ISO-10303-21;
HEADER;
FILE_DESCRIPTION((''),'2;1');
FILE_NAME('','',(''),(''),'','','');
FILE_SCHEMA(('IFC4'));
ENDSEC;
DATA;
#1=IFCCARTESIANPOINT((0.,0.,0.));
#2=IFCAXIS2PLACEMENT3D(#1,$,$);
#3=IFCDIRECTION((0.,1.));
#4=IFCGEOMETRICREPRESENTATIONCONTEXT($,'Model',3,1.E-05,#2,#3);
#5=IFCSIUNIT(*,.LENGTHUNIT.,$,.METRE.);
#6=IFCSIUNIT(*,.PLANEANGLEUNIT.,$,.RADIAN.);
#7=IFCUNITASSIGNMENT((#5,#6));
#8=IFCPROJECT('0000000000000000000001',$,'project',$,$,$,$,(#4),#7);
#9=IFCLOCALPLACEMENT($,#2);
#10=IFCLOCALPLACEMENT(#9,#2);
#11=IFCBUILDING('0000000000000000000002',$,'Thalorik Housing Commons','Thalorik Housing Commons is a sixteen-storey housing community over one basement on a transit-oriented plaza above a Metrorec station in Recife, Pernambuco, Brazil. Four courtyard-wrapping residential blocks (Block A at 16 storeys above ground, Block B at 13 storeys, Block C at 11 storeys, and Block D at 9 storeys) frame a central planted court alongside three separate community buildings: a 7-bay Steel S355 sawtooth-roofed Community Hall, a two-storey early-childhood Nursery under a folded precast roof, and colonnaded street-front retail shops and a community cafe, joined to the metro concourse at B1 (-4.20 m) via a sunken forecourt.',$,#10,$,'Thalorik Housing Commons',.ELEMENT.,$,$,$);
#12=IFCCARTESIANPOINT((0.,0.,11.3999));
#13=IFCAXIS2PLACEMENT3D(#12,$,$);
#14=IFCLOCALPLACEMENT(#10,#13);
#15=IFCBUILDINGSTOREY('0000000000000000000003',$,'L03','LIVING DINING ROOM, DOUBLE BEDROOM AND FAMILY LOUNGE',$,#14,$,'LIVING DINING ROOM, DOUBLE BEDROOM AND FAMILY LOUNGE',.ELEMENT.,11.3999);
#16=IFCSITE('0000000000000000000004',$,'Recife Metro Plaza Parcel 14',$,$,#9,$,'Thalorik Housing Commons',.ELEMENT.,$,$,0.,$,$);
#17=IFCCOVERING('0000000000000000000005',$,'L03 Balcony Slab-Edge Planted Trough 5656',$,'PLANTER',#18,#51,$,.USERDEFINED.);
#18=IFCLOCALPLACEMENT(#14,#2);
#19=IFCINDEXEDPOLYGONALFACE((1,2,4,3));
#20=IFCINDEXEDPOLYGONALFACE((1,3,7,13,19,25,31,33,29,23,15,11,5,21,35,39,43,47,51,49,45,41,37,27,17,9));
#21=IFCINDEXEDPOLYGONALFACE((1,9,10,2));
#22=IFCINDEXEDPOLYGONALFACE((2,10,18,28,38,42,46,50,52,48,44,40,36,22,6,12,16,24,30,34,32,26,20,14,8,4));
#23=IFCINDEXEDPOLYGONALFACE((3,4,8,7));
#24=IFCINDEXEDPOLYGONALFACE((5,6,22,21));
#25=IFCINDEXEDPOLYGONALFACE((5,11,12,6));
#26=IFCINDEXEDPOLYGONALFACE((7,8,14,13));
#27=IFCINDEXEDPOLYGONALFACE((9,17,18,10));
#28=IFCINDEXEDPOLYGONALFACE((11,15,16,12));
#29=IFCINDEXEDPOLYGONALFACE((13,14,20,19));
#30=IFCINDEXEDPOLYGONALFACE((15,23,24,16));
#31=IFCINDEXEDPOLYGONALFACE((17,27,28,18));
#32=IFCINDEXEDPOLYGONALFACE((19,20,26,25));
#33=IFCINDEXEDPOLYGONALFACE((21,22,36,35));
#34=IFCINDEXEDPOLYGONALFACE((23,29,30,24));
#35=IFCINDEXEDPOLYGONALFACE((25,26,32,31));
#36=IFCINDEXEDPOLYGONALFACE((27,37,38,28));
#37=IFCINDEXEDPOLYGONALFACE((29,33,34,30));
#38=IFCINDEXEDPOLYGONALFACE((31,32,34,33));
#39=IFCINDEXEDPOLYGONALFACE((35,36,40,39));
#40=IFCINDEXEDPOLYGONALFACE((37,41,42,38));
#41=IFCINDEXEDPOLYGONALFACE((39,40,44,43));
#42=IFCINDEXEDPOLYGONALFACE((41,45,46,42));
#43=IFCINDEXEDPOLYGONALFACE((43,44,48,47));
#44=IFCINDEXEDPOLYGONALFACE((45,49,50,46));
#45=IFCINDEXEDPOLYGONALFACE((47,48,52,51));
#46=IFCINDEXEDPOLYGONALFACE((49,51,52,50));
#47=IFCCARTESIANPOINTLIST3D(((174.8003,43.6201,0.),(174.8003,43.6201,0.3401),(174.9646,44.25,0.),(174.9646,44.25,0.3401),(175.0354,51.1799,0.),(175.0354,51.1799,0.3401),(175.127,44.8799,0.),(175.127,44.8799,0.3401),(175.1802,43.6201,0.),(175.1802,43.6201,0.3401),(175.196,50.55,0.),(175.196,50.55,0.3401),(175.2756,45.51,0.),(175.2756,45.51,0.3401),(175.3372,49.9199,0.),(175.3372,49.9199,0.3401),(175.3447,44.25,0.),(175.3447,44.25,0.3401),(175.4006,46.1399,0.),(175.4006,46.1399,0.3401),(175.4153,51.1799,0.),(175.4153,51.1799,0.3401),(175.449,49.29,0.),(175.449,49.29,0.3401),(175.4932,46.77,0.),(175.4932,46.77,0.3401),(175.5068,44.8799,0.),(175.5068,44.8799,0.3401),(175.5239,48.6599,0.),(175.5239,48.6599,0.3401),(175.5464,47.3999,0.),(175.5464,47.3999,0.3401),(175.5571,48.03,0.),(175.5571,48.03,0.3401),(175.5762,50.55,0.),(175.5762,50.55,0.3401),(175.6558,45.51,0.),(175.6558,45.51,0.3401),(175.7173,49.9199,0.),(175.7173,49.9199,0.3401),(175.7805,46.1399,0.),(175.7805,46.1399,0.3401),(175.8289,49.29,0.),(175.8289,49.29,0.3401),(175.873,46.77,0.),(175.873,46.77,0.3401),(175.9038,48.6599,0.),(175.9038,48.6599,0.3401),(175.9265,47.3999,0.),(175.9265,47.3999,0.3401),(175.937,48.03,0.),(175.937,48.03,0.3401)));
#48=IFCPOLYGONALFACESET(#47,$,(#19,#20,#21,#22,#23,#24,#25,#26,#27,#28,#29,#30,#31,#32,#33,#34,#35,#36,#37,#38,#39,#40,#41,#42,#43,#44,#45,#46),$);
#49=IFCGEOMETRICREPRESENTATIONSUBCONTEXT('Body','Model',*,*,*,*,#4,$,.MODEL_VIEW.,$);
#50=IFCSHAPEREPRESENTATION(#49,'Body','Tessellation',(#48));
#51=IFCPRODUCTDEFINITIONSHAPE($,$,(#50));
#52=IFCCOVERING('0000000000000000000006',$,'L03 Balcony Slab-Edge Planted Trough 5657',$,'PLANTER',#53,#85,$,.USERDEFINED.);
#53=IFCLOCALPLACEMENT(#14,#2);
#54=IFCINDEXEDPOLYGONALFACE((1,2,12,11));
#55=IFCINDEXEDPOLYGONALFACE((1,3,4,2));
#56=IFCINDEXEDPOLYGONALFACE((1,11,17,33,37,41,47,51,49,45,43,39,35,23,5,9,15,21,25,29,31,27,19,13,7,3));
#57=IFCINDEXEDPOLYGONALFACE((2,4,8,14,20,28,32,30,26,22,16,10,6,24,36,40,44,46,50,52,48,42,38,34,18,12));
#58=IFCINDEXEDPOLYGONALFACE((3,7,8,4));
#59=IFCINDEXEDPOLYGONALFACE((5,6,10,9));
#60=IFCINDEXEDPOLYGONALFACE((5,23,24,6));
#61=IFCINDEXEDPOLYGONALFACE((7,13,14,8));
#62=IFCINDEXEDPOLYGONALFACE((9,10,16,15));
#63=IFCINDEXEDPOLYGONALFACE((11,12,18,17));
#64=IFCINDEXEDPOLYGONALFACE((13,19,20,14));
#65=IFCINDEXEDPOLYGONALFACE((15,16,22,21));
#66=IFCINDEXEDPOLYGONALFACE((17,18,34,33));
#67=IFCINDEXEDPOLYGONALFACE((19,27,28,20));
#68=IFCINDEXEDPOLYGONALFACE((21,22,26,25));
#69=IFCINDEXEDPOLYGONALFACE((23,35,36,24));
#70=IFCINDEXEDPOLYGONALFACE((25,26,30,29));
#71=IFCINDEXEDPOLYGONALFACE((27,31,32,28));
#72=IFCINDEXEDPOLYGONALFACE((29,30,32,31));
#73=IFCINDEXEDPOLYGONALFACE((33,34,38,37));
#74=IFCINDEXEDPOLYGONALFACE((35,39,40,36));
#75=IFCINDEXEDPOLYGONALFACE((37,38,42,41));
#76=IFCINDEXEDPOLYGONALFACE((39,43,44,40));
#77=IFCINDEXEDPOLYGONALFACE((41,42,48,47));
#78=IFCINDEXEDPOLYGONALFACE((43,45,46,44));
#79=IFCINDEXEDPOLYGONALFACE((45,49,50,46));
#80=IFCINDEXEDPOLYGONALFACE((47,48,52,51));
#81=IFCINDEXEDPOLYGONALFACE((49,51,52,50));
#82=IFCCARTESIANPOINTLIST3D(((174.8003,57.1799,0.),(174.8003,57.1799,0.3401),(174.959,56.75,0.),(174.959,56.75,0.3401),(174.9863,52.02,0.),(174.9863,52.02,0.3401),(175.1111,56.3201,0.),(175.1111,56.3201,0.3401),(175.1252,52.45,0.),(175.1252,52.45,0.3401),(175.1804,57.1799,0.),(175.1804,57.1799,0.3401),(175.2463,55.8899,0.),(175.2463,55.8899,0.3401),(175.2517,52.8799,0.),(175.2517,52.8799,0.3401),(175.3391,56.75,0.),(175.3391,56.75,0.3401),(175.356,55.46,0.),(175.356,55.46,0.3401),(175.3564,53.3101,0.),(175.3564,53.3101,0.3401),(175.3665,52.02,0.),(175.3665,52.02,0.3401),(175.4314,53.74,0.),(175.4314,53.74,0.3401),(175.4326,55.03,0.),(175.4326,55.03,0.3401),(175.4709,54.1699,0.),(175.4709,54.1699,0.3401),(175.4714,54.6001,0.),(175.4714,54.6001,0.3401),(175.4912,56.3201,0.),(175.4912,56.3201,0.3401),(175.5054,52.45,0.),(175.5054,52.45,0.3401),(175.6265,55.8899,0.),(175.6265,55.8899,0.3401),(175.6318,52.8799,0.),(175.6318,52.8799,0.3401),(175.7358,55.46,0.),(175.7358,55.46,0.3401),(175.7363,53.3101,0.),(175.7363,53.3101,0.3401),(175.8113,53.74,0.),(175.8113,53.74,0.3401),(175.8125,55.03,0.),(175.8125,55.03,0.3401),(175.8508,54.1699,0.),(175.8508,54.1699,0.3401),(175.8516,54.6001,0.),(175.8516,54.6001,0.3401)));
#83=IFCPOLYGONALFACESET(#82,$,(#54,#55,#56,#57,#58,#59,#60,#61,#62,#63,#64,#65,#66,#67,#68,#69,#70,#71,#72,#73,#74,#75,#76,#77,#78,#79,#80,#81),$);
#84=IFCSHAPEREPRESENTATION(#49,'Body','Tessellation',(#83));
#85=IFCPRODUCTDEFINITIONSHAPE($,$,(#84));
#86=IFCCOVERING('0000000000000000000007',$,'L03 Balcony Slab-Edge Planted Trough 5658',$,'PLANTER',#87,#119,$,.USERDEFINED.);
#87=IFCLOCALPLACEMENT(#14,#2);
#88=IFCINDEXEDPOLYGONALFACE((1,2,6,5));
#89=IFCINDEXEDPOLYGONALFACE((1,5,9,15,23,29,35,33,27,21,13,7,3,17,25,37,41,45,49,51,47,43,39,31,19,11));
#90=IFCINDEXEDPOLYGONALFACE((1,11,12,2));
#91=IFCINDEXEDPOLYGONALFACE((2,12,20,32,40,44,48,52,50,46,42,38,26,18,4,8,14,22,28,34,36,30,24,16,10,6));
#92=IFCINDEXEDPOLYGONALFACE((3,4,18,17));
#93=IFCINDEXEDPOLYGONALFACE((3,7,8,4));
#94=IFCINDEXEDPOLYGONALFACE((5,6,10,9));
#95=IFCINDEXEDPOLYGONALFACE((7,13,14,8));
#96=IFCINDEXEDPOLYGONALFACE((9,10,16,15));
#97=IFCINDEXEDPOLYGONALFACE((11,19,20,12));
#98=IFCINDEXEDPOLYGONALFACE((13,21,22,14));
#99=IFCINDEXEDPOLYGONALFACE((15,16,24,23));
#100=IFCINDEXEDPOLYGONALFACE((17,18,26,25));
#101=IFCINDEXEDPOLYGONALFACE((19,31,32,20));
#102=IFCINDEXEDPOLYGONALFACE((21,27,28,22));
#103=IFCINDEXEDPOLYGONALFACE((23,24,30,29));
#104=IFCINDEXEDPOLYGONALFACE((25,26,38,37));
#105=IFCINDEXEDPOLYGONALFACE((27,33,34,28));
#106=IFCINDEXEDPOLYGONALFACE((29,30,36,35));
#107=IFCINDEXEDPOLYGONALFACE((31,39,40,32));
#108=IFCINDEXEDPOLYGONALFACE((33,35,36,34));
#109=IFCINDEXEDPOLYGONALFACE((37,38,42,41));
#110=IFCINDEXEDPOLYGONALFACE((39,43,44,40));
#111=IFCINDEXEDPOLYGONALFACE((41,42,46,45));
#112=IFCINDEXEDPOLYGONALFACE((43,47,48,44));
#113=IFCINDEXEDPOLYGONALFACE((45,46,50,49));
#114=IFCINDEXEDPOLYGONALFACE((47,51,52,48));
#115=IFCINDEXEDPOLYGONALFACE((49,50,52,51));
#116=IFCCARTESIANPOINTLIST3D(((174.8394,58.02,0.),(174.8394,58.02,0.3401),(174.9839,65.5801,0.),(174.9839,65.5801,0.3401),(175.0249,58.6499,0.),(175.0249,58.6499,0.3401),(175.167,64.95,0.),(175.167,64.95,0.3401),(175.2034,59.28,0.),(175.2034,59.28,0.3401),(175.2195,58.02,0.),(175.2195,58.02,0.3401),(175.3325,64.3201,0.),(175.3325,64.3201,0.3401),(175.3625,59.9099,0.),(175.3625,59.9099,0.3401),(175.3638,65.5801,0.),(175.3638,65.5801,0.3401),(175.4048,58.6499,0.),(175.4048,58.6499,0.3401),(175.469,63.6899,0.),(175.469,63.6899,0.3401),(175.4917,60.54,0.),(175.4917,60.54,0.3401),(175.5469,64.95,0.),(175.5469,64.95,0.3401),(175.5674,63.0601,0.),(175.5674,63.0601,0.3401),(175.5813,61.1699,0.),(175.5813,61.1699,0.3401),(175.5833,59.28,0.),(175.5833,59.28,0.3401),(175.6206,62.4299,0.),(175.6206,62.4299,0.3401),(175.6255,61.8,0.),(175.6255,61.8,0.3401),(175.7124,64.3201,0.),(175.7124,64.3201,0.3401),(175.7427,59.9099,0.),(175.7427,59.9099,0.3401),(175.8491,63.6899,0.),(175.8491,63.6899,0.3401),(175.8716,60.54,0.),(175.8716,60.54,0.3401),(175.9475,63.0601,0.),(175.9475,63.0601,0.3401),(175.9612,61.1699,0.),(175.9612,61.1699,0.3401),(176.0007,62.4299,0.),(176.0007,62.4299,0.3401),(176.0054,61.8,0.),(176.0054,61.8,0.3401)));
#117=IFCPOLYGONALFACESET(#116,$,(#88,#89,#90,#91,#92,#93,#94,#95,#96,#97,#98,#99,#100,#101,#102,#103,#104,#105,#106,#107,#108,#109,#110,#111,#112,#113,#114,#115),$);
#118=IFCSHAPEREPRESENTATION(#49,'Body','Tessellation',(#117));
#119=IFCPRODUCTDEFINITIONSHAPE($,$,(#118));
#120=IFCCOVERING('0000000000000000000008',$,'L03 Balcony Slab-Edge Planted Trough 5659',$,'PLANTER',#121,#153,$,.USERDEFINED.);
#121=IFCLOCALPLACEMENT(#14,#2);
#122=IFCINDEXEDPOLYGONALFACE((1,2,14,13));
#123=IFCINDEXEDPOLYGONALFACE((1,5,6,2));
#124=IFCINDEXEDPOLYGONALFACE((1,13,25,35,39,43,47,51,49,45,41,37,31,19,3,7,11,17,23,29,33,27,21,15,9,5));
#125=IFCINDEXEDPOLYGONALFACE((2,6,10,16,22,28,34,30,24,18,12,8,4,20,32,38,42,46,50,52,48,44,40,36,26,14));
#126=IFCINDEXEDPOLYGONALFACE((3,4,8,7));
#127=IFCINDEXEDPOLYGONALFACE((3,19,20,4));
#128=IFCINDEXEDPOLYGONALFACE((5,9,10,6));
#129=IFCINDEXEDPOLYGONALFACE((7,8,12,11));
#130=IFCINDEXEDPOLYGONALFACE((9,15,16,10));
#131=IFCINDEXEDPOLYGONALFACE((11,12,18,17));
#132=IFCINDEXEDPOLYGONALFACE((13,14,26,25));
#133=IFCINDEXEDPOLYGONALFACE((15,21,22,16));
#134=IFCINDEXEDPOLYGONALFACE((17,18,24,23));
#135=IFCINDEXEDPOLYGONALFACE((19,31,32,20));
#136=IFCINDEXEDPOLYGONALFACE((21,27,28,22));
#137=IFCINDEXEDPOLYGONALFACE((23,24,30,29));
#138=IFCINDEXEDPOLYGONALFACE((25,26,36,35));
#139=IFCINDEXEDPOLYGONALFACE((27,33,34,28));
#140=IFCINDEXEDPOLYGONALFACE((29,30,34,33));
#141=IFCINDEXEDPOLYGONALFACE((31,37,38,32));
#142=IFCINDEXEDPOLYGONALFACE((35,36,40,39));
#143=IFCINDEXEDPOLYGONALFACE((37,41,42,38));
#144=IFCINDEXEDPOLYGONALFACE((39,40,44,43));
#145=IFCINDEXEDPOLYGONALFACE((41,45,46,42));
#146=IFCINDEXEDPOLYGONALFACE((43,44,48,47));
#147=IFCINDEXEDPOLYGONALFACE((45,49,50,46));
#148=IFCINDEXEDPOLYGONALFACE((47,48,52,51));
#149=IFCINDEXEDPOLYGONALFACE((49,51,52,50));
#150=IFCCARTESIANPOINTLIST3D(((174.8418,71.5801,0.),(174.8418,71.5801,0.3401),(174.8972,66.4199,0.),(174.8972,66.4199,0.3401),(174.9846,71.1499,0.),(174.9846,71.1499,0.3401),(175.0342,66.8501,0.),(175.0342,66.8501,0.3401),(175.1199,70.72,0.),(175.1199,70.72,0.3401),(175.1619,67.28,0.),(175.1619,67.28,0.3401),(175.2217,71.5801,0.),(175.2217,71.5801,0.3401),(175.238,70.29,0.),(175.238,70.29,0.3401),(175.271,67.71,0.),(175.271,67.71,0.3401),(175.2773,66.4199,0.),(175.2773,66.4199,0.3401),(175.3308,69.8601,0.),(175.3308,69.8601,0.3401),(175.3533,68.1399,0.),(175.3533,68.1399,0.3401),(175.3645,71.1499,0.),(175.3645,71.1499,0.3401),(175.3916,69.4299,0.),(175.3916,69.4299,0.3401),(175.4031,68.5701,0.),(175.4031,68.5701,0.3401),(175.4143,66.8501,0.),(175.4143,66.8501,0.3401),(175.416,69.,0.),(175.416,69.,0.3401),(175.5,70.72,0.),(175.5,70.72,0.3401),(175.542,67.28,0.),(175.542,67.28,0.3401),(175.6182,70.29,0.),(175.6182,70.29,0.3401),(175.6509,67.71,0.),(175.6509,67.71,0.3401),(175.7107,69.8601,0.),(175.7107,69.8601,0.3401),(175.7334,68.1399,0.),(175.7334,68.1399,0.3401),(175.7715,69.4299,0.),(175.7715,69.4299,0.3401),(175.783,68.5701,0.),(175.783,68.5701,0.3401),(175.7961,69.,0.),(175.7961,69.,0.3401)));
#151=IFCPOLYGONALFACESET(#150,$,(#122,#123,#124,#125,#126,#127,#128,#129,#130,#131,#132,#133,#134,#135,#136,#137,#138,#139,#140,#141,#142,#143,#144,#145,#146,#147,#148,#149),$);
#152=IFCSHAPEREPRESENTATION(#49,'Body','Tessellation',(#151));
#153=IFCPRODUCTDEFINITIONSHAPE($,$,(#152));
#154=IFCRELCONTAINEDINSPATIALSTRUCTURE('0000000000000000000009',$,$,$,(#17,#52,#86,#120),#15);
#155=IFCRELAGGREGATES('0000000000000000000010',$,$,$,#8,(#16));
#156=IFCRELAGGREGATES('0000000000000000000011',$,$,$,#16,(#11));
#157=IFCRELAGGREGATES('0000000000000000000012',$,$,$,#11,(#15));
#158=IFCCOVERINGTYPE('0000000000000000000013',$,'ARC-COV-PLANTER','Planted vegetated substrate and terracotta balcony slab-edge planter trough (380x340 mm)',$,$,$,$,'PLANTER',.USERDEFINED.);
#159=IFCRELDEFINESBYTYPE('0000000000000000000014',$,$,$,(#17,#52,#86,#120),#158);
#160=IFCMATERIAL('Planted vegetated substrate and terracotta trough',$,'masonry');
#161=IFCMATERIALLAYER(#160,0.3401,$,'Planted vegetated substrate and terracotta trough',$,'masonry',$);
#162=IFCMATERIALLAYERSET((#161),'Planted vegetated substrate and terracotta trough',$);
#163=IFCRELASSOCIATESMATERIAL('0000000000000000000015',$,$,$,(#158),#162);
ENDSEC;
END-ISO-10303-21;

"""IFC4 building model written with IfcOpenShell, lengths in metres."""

from ifc_helpers import new_model, si_unit, direction, frame, origin, place, context, subcontext, project, spatial, polyline, outline, extrude, material, layer, layer_set, type_object, element, save


model = new_model("IFC4")

# Units and contexts
model_context = context("Model", 3, precision=1e-05, world=origin(), true_north=direction((0.0, 1.0)))
body_context = subcontext(model_context, "Body", "Model", "MODEL_VIEW")
ifc_project = project(units=[si_unit("LENGTHUNIT", "METRE"), si_unit("PLANEANGLEUNIT", "RADIAN")], contexts=[model_context])

# Site, building, storey
site_placement = place(None, origin())
site = spatial("IfcSite", under=ifc_project, at=site_placement, Name="Recife Metro Plaza Parcel 14", LongName="Thalorik Housing Commons", CompositionType="ELEMENT", RefElevation=0.0)
building_placement = place(site_placement, origin())
building = spatial("IfcBuilding", under=site, at=building_placement, Name="Thalorik Housing Commons", Description="Thalorik Housing Commons is a sixteen-storey housing community over one basement on a transit-oriented plaza above a Metrorec station in Recife, Pernambuco, Brazil. Four courtyard-wrapping residential blocks (Block A at 16 storeys above ground, Block B at 13 storeys, Block C at 11 storeys, and Block D at 9 storeys) frame a central planted court alongside three separate community buildings: a 7-bay Steel S355 sawtooth-roofed Community Hall, a two-storey early-childhood Nursery under a folded precast roof, and colonnaded street-front retail shops and a community cafe, joined to the metro concourse at B1 (-4.20 m) via a sunken forecourt.", LongName="Thalorik Housing Commons", CompositionType="ELEMENT")
storey_placement = place(building_placement, frame((0.0, 0.0, 11.3999)))
storey = spatial("IfcBuildingStorey", under=building, at=storey_placement, Name="L03", Description="LIVING DINING ROOM, DOUBLE BEDROOM AND FAMILY LOUNGE", LongName="LIVING DINING ROOM, DOUBLE BEDROOM AND FAMILY LOUNGE", CompositionType="ELEMENT", Elevation=11.3999)

# Coverings
ifc_material_1 = material(Name="Planted vegetated substrate and terracotta trough", Category="masonry")
ifc_layer_1 = layer(ifc_material_1, 0.3401, Name="Planted vegetated substrate and terracotta trough", Category="masonry")
ifc_layer_set_1 = layer_set([ifc_layer_1], Name="Planted vegetated substrate and terracotta trough")
covering_type = type_object("IfcCoveringType", Name="ARC-COV-PLANTER", Description="Planted vegetated substrate and terracotta balcony slab-edge planter trough (380x340 mm)", ElementType="PLANTER", PredefinedType="USERDEFINED", material=ifc_layer_set_1)
covering_1_placement = place(storey_placement, origin())
element("IfcCovering", 1, at=covering_1_placement, inside=storey, type_object=covering_type, Name="L03 Balcony Slab-Edge Planted Trough 5656", ObjectType="PLANTER", PredefinedType="USERDEFINED", context=body_context, shape_type="SweptSolid", body=[
    extrude(outline(polyline([(175.1802, 43.6201), (175.3447, 44.25), (175.5068, 44.8799), (175.6558, 45.51), (175.7805, 46.1399), (175.873, 46.77), (175.9265, 47.3999), (175.937, 48.03), (175.9038, 48.6599), (175.8289, 49.29), (175.7173, 49.9199), (175.5762, 50.55), (175.4153, 51.1799), (175.0354, 51.1799), (175.196, 50.55), (175.3372, 49.9199), (175.449, 49.29), (175.5239, 48.6599), (175.5571, 48.03), (175.5464, 47.3999), (175.4932, 46.77), (175.4006, 46.1399), (175.2756, 45.51), (175.127, 44.8799), (174.9646, 44.25), (174.8003, 43.6201), (175.1802, 43.6201)])), origin(), (0.0, 0.0, 1.0), 0.3401),
])
covering_2_placement = place(storey_placement, origin())
element("IfcCovering", 2, at=covering_2_placement, inside=storey, type_object=covering_type, Name="L03 Balcony Slab-Edge Planted Trough 5657", ObjectType="PLANTER", PredefinedType="USERDEFINED", context=body_context, shape_type="SweptSolid", body=[
    extrude(outline(polyline([(175.3665, 52.02), (175.5054, 52.45), (175.6318, 52.8799), (175.7363, 53.3101), (175.8113, 53.74), (175.8508, 54.1699), (175.8516, 54.6001), (175.8125, 55.03), (175.7358, 55.46), (175.6265, 55.8899), (175.4912, 56.3201), (175.3391, 56.75), (175.1804, 57.1799), (174.8003, 57.1799), (174.959, 56.75), (175.1111, 56.3201), (175.2463, 55.8899), (175.356, 55.46), (175.4326, 55.03), (175.4714, 54.6001), (175.4709, 54.1699), (175.4314, 53.74), (175.3564, 53.3101), (175.2517, 52.8799), (175.1252, 52.45), (174.9863, 52.02), (175.3665, 52.02)])), origin(), (0.0, 0.0, 1.0), 0.3401),
])
covering_3_placement = place(storey_placement, origin())
element("IfcCovering", 3, at=covering_3_placement, inside=storey, type_object=covering_type, Name="L03 Balcony Slab-Edge Planted Trough 5658", ObjectType="PLANTER", PredefinedType="USERDEFINED", context=body_context, shape_type="SweptSolid", body=[
    extrude(outline(polyline([(175.2195, 58.02), (175.4048, 58.6499), (175.5833, 59.28), (175.7427, 59.9099), (175.8716, 60.54), (175.9612, 61.1699), (176.0054, 61.8), (176.0007, 62.4299), (175.9475, 63.0601), (175.8491, 63.6899), (175.7124, 64.3201), (175.5469, 64.95), (175.3638, 65.5801), (174.9839, 65.5801), (175.167, 64.95), (175.3325, 64.3201), (175.469, 63.6899), (175.5674, 63.0601), (175.6206, 62.4299), (175.6255, 61.8), (175.5813, 61.1699), (175.4917, 60.54), (175.3625, 59.9099), (175.2034, 59.28), (175.0249, 58.6499), (174.8394, 58.02), (175.2195, 58.02)])), origin(), (0.0, 0.0, 1.0), 0.3401),
])
covering_4_placement = place(storey_placement, origin())
element("IfcCovering", 4, at=covering_4_placement, inside=storey, type_object=covering_type, Name="L03 Balcony Slab-Edge Planted Trough 5659", ObjectType="PLANTER", PredefinedType="USERDEFINED", context=body_context, shape_type="SweptSolid", body=[
    extrude(outline(polyline([(175.2773, 66.4199), (175.4143, 66.8501), (175.542, 67.28), (175.6509, 67.71), (175.7334, 68.1399), (175.783, 68.5701), (175.7961, 69.0), (175.7715, 69.4299), (175.7107, 69.8601), (175.6182, 70.29), (175.5, 70.72), (175.3645, 71.1499), (175.2217, 71.5801), (174.8418, 71.5801), (174.9846, 71.1499), (175.1199, 70.72), (175.238, 70.29), (175.3308, 69.8601), (175.3916, 69.4299), (175.416, 69.0), (175.4031, 68.5701), (175.3533, 68.1399), (175.271, 67.71), (175.1619, 67.28), (175.0342, 66.8501), (174.8972, 66.4199), (175.2773, 66.4199)])), origin(), (0.0, 0.0, 1.0), 0.3401),
])

save(model, "model.ifc")
